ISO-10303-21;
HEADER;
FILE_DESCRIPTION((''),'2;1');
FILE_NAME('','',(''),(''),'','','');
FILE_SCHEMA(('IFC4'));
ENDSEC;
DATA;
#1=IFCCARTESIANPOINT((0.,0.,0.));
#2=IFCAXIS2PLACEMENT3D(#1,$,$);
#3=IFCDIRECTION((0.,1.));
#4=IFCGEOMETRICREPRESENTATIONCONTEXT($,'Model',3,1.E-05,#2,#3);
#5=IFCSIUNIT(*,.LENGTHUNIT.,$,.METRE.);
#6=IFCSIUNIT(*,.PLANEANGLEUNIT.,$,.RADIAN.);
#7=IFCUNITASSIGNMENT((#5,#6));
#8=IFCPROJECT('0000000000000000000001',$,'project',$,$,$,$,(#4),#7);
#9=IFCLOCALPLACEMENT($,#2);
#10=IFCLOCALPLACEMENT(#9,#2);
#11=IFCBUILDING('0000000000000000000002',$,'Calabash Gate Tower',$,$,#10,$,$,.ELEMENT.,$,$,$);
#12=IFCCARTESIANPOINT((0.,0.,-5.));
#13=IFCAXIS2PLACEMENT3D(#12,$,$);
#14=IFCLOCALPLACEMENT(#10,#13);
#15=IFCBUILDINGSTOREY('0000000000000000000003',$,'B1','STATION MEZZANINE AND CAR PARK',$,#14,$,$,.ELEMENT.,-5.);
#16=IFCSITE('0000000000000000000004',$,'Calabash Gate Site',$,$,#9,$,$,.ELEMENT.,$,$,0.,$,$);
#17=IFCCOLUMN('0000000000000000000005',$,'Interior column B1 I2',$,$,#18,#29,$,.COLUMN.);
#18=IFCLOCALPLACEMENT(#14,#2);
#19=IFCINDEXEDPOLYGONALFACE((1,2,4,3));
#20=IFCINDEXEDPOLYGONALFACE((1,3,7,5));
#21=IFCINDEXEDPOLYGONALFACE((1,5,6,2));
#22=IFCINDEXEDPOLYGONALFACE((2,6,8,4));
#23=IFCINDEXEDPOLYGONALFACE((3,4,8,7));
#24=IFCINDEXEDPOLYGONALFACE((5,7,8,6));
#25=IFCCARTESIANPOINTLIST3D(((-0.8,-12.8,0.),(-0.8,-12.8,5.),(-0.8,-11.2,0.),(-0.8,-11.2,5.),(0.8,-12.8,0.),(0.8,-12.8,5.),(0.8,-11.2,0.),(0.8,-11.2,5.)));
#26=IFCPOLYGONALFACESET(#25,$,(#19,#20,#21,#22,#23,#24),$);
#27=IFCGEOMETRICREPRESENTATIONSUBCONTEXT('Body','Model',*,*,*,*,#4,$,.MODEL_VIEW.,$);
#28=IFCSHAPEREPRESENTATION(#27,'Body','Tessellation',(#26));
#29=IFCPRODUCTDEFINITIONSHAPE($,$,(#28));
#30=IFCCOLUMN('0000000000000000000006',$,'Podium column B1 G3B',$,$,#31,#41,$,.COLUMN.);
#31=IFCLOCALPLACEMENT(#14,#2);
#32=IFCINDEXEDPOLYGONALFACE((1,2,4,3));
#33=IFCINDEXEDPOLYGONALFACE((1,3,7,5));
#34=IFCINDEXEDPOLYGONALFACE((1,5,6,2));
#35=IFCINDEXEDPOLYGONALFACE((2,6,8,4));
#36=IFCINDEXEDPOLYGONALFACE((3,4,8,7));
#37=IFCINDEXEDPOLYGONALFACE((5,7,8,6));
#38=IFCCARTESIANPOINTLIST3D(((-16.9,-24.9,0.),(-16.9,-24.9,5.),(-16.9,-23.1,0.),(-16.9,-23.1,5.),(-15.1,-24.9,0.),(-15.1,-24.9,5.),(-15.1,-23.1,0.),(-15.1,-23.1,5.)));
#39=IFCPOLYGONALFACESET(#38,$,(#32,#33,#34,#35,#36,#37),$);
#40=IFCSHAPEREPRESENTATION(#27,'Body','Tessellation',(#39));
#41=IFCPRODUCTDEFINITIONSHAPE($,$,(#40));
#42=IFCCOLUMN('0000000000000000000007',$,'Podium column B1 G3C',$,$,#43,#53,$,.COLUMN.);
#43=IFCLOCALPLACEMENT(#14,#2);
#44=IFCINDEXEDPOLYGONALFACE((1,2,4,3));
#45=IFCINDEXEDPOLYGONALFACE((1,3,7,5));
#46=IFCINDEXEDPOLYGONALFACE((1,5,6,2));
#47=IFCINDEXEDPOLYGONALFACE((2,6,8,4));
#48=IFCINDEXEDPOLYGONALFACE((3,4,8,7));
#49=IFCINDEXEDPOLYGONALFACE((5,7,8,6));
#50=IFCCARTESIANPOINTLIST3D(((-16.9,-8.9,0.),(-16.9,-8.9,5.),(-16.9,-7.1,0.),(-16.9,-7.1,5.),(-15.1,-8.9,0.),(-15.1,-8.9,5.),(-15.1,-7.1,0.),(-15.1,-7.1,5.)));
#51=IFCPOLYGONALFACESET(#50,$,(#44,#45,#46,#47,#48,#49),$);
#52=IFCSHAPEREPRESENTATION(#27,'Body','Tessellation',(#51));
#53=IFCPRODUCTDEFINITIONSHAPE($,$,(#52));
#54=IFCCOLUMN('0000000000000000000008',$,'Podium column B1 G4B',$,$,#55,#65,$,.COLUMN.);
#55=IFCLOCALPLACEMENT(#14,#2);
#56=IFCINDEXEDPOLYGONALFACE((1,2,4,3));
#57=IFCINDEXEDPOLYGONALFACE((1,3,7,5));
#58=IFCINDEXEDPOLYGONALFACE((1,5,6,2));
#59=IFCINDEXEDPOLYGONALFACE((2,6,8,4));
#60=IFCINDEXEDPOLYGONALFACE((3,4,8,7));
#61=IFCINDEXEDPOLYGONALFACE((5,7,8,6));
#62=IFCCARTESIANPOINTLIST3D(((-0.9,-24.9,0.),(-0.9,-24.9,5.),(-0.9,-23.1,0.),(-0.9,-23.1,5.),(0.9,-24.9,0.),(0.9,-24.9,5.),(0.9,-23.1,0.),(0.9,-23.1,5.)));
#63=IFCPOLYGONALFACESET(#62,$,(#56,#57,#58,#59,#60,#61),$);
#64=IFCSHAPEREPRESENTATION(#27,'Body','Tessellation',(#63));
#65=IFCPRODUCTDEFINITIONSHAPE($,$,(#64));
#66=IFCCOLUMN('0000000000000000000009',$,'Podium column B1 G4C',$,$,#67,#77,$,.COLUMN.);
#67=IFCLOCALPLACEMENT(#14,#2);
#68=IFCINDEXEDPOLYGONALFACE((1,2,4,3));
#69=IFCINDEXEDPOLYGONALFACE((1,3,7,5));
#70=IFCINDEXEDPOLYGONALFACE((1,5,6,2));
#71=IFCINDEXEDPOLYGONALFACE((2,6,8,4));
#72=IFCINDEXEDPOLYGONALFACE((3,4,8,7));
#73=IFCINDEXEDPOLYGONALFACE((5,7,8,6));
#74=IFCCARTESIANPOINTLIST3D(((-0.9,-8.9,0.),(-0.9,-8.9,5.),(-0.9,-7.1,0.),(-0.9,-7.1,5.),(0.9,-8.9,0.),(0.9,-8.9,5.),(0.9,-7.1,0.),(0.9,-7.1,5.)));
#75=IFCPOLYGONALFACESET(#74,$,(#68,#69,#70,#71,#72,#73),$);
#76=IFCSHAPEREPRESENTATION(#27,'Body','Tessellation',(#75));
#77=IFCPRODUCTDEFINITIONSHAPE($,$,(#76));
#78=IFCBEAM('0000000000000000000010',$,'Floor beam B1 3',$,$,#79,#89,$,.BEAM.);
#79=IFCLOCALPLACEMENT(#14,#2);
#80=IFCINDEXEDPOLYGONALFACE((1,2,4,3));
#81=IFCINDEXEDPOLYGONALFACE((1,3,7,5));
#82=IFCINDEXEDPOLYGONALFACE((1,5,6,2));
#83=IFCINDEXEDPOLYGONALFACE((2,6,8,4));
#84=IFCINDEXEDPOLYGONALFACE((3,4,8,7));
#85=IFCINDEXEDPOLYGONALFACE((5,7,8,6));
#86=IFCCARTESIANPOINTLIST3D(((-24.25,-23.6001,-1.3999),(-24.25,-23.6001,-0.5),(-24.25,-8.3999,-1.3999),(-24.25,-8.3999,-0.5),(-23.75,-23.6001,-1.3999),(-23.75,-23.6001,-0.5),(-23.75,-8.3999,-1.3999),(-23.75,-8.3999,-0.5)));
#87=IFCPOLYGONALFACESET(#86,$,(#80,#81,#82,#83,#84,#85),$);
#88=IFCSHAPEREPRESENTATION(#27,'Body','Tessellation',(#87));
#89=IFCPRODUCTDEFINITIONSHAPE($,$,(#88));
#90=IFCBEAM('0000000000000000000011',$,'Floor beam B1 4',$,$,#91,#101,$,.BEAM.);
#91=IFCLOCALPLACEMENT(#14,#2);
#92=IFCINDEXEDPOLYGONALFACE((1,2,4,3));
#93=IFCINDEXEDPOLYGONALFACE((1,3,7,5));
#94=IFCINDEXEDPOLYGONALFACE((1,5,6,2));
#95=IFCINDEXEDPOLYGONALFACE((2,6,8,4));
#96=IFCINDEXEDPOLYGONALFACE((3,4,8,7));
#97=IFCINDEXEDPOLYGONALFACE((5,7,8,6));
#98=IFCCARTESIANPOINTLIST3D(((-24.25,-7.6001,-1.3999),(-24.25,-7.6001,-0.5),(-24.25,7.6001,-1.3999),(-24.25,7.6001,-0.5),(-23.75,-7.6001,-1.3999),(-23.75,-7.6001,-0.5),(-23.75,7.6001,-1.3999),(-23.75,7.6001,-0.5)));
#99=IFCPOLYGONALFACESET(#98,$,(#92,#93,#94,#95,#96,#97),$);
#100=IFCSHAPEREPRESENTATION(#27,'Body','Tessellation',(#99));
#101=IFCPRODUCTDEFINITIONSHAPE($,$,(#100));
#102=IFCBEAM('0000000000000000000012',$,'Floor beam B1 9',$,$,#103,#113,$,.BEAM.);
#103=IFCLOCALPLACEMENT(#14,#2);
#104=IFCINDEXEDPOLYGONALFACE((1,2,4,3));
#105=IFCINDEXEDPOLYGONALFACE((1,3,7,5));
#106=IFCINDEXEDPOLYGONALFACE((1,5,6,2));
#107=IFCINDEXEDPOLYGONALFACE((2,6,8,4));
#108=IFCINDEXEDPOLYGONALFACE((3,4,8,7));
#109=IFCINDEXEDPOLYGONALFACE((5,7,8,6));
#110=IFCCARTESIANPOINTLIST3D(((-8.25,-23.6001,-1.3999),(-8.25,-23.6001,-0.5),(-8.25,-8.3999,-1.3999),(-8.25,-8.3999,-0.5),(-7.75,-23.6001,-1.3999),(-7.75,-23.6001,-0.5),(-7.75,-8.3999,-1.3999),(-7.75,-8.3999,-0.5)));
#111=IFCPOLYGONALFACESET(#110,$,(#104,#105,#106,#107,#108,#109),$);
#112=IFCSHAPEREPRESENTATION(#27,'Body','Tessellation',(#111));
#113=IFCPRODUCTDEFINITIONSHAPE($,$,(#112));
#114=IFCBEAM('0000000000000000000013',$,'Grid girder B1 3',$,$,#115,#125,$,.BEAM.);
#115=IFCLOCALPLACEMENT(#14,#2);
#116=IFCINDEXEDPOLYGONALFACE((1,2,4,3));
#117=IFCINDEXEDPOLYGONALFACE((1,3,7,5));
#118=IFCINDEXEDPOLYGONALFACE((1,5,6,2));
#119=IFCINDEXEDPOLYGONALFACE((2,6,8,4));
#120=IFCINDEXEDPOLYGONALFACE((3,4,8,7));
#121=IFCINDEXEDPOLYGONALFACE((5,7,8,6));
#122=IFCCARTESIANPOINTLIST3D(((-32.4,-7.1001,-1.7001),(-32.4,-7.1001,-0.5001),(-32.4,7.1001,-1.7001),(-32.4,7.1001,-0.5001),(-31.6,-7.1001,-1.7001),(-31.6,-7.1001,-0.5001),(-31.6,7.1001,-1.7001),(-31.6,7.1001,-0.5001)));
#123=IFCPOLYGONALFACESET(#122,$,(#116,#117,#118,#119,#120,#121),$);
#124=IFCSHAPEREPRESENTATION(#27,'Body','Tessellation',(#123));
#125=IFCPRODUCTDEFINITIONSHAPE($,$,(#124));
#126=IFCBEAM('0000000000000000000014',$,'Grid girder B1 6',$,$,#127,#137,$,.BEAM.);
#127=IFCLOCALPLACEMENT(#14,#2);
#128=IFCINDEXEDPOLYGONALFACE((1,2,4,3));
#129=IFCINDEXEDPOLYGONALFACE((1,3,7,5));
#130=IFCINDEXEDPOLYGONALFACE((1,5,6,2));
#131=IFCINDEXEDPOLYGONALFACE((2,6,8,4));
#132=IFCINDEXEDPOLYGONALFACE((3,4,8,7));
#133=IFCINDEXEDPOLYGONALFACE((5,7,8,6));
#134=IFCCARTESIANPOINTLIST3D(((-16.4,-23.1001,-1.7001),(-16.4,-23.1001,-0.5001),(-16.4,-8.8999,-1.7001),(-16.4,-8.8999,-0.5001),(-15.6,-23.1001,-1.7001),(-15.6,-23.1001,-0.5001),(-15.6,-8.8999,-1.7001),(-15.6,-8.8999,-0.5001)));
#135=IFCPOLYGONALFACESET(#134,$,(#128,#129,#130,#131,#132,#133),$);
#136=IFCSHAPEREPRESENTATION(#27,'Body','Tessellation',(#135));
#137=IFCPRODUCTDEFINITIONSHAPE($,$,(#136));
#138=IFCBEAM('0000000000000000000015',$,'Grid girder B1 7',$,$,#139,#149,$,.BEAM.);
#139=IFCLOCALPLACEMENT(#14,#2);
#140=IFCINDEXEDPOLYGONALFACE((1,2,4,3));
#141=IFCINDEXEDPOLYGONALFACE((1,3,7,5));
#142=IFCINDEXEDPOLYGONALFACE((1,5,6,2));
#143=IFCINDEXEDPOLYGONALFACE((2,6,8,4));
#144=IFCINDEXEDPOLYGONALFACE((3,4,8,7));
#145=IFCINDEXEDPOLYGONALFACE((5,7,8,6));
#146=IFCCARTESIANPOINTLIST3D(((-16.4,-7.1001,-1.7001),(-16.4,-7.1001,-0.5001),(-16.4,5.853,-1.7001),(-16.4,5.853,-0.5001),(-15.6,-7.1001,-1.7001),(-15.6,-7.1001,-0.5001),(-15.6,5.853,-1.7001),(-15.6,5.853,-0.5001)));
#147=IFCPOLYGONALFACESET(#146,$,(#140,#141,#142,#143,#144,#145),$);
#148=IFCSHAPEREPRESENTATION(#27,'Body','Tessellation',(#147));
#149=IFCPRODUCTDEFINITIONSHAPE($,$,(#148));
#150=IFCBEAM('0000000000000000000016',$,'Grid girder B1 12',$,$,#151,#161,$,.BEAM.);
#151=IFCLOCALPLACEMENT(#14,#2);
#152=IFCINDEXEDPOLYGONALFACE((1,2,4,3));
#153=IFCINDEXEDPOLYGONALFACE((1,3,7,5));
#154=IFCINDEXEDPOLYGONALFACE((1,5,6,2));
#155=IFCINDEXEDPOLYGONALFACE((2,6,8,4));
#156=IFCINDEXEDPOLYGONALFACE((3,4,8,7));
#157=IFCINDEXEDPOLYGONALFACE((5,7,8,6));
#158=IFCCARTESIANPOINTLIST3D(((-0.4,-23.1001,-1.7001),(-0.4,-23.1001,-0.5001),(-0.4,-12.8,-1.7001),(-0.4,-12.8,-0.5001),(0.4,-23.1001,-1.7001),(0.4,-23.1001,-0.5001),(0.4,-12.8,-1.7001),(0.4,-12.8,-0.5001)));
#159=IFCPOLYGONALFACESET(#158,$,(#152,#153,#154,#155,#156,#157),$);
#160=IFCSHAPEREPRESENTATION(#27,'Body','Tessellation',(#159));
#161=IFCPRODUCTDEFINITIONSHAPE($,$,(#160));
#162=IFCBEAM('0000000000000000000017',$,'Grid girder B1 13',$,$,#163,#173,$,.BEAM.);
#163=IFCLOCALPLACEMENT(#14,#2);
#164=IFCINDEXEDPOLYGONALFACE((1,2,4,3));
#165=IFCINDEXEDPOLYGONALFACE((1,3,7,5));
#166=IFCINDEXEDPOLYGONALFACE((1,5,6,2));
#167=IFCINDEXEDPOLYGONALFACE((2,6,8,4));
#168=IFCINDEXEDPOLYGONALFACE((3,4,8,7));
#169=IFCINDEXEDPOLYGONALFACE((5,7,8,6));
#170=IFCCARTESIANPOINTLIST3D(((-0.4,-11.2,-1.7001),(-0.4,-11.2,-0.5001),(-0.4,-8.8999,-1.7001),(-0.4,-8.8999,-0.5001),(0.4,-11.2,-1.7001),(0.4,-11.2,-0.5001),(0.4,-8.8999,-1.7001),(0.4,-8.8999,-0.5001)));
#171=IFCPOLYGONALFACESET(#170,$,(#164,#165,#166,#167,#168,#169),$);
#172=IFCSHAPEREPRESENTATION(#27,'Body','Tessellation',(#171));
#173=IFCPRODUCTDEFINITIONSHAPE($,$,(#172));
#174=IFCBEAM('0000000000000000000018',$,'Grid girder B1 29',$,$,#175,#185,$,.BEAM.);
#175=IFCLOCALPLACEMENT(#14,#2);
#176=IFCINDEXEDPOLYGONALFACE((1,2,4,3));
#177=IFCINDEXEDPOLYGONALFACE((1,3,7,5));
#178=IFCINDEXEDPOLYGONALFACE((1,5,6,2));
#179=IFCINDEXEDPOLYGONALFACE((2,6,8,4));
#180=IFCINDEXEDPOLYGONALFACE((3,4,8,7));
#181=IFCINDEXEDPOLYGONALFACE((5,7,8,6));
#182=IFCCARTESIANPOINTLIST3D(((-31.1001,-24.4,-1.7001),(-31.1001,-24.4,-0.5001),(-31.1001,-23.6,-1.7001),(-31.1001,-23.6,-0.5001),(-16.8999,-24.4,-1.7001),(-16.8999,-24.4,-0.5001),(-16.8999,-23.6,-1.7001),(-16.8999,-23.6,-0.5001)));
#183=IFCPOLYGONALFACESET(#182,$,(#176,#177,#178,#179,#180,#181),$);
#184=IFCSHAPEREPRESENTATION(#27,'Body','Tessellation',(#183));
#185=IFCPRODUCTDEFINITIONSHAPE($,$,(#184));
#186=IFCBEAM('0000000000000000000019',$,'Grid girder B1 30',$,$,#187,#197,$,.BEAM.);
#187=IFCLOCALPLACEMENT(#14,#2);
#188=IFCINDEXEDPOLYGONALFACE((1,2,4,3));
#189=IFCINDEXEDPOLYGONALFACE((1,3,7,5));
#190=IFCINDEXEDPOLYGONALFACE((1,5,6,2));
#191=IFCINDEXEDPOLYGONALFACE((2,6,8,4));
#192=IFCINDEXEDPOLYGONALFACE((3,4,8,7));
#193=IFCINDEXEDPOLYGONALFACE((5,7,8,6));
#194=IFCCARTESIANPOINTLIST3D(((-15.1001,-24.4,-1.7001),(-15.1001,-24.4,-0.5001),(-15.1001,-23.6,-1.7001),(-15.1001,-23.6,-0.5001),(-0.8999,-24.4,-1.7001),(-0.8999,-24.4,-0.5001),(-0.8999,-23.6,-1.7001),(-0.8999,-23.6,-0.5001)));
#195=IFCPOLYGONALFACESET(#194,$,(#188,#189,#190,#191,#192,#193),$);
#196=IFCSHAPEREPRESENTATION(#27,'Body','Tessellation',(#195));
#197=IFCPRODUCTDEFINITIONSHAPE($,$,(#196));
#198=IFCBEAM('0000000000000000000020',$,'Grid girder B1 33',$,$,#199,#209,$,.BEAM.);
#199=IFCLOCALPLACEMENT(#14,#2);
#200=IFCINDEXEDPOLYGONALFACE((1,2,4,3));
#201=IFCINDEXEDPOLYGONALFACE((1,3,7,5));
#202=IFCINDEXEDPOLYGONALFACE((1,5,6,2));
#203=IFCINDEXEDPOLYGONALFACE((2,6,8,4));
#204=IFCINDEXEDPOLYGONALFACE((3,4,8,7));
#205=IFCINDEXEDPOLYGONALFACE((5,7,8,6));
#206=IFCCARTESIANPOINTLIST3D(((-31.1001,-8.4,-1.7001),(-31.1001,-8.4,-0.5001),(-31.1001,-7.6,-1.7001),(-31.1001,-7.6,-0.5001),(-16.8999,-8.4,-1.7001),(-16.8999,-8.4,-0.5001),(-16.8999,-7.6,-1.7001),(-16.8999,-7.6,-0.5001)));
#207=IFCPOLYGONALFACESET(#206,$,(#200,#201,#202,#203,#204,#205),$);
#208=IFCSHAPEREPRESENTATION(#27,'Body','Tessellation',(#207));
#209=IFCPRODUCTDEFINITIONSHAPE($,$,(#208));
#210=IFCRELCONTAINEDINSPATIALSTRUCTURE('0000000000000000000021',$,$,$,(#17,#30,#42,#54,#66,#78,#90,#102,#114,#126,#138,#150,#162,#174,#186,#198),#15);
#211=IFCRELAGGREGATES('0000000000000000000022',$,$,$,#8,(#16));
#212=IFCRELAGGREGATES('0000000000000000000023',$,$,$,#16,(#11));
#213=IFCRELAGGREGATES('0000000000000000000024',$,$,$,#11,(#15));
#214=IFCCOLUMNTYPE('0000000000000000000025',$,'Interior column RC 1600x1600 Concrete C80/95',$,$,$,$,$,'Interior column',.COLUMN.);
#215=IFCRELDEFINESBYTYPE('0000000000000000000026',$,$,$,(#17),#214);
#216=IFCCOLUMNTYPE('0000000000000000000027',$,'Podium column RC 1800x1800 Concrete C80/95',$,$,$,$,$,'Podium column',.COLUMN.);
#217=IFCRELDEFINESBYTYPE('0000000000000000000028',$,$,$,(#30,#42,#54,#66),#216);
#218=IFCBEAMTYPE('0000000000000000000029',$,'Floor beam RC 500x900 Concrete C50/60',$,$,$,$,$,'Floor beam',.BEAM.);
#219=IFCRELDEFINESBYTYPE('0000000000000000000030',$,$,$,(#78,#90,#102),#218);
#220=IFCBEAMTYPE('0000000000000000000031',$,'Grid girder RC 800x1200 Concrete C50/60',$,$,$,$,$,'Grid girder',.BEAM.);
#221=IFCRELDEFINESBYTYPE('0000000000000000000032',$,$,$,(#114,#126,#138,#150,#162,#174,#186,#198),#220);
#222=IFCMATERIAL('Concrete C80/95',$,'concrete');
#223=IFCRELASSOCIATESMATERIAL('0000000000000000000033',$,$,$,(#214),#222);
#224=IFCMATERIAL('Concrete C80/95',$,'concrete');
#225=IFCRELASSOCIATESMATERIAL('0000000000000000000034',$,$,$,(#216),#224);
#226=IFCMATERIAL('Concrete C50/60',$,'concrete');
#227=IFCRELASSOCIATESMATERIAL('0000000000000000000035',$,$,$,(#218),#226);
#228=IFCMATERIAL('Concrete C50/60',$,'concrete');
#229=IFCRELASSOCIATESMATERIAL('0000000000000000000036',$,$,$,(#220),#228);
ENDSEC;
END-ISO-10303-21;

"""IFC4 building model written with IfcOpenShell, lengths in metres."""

from ifc_helpers import new_model, si_unit, direction, frame, origin, origin_2d, place, context, subcontext, project, spatial, rectangle, extrude, material, material_profile, profile_set, type_object, element, save


model = new_model("IFC4")

# Units and contexts
model_context = context("Model", 3, precision=1e-05, world=origin(), true_north=direction((0.0, 1.0)))
body_context = subcontext(model_context, "Body", "Model", "MODEL_VIEW")
ifc_project = project(units=[si_unit("LENGTHUNIT", "METRE"), si_unit("PLANEANGLEUNIT", "RADIAN")], contexts=[model_context])

# Site, building, storey
site_placement = place(None, origin())
site = spatial("IfcSite", under=ifc_project, at=site_placement, Name="Calabash Gate Site", CompositionType="ELEMENT", RefElevation=0.0)
building_placement = place(site_placement, origin())
building = spatial("IfcBuilding", under=site, at=building_placement, Name="Calabash Gate Tower", CompositionType="ELEMENT")
storey_placement = place(building_placement, frame((0.0, 0.0, -5.0)))
storey = spatial("IfcBuildingStorey", under=building, at=storey_placement, Name="B1", Description="STATION MEZZANINE AND CAR PARK", CompositionType="ELEMENT", Elevation=-5.0)

# Columns
ifc_material_1 = material(Name="Concrete C80/95", Category="concrete")
ifc_material_profile_1 = material_profile(ifc_material_1, rectangle(XDim=1.6001, YDim=1.6001, at=origin_2d()))
ifc_profile_set_1 = profile_set([ifc_material_profile_1], Name="Concrete C80/95")
column_type_1 = type_object("IfcColumnType", Name="Interior column RC 1600x1600 Concrete C80/95", ElementType="Interior column", PredefinedType="COLUMN", material=ifc_profile_set_1)
column_placement = place(storey_placement, frame((0.0, -12.0, 0.0), z_axis=(0.0, 0.0, 1.0), x_axis=(1.0, 0.0, 0.0)))
element("IfcColumn", 1, at=column_placement, inside=storey, type_object=column_type_1, Name="Interior column B1 I2", PredefinedType="COLUMN", context=body_context, shape_type="SweptSolid", body=[
    extrude(rectangle(XDim=1.6001, YDim=1.6001, at=origin_2d()), origin(), (0.0, 0.0, 1.0), 5.0),
])
ifc_material_2 = material(Name="Concrete C80/95", Category="concrete")
ifc_material_profile_2 = material_profile(ifc_material_2, rectangle(XDim=1.8, YDim=1.8, at=origin_2d()))
ifc_profile_set_2 = profile_set([ifc_material_profile_2], Name="Concrete C80/95")
column_type_2 = type_object("IfcColumnType", Name="Podium column RC 1800x1800 Concrete C80/95", ElementType="Podium column", PredefinedType="COLUMN", material=ifc_profile_set_2)
for number, where, z_axis, x_axis, name in (
    (2, (-16.0, -24.0, 0.0), (0.0, 0.0, 1.0), (1.0, 0.0, 0.0), "Podium column B1 G3B"),
    (3, (-16.0, -8.0, 0.0), (0.0, 0.0, 1.0), (1.0, 0.0, 0.0), "Podium column B1 G3C"),
    (4, (0.0, -24.0, 0.0), (0.0, 0.0, 1.0), (1.0, 0.0, 0.0), "Podium column B1 G4B"),
    (5, (0.0, -8.0, 0.0), (0.0, 0.0, 1.0), (1.0, 0.0, 0.0), "Podium column B1 G4C"),
):
    element("IfcColumn", number, at=place(storey_placement, frame(where, z_axis=z_axis, x_axis=x_axis)), inside=storey, type_object=column_type_2, Name=name, PredefinedType="COLUMN", context=body_context, shape_type="SweptSolid", body=[
        extrude(rectangle(XDim=1.8, YDim=1.8, at=origin_2d()), origin(), (0.0, 0.0, 1.0), 5.0),
    ])

# Beams
ifc_material_3 = material(Name="Concrete C50/60", Category="concrete")
ifc_material_profile_3 = material_profile(ifc_material_3, rectangle(XDim=0.5, YDim=0.8999, at=origin_2d()))
ifc_profile_set_3 = profile_set([ifc_material_profile_3], Name="Concrete C50/60")
beam_type_1 = type_object("IfcBeamType", Name="Floor beam RC 500x900 Concrete C50/60", ElementType="Floor beam", PredefinedType="BEAM", material=ifc_profile_set_3)
for number, where, z_axis, x_axis, name in (
    (6, (-24.0, -23.6001, -0.95), (0.0, 1.0, 0.0), (-1.0, 0.0, 0.0), "Floor beam B1 3"),
    (7, (-24.0, -7.6001, -0.95), (0.0, 1.0, 0.0), (-1.0, 0.0, 0.0), "Floor beam B1 4"),
    (8, (-8.0, -23.6001, -0.95), (0.0, 1.0, 0.0), (-1.0, 0.0, 0.0), "Floor beam B1 9"),
):
    element("IfcBeam", number, at=place(storey_placement, frame(where, z_axis=z_axis, x_axis=x_axis)), inside=storey, type_object=beam_type_1, Name=name, PredefinedType="BEAM", context=body_context, shape_type="SweptSolid", body=[
        extrude(rectangle(XDim=0.5, YDim=0.8999, at=origin_2d()), origin(), (0.0, 0.0, 1.0), 15.2002),
    ])
ifc_material_4 = material(Name="Concrete C50/60", Category="concrete")
ifc_material_profile_4 = material_profile(ifc_material_4, rectangle(XDim=0.8, YDim=1.2, at=origin_2d()))
ifc_profile_set_4 = profile_set([ifc_material_profile_4], Name="Concrete C50/60")
beam_type_2 = type_object("IfcBeamType", Name="Grid girder RC 800x1200 Concrete C50/60", ElementType="Grid girder", PredefinedType="BEAM", material=ifc_profile_set_4)
for number, where, z_axis, x_axis, name in (
    (9, (-32.0, -7.1001, -1.1001), (0.0, 1.0, 0.0), (-1.0, 0.0, 0.0), "Grid girder B1 3"),
    (10, (-16.0, -23.1001, -1.1001), (0.0, 1.0, 0.0), (-1.0, 0.0, 0.0), "Grid girder B1 6"),
):
    element("IfcBeam", number, at=place(storey_placement, frame(where, z_axis=z_axis, x_axis=x_axis)), inside=storey, type_object=beam_type_2, Name=name, PredefinedType="BEAM", context=body_context, shape_type="SweptSolid", body=[
        extrude(rectangle(XDim=0.8, YDim=1.2, at=origin_2d()), origin(), (0.0, 0.0, 1.0), 14.2002),
    ])
beam_1_placement = place(storey_placement, frame((-16.0, -7.1001, -1.1001), z_axis=(0.0, 1.0, 0.0), x_axis=(-1.0, 0.0, 0.0)))
element("IfcBeam", 11, at=beam_1_placement, inside=storey, type_object=beam_type_2, Name="Grid girder B1 7", PredefinedType="BEAM", context=body_context, shape_type="SweptSolid", body=[
    extrude(rectangle(XDim=0.8, YDim=1.2, at=origin_2d()), origin(), (0.0, 0.0, 1.0), 12.9531),
])
beam_2_placement = place(storey_placement, frame((0.0, -23.1001, -1.1001), z_axis=(0.0, 1.0, 0.0), x_axis=(-1.0, 0.0, 0.0)))
element("IfcBeam", 12, at=beam_2_placement, inside=storey, type_object=beam_type_2, Name="Grid girder B1 12", PredefinedType="BEAM", context=body_context, shape_type="SweptSolid", body=[
    extrude(rectangle(XDim=0.8, YDim=1.2, at=origin_2d()), origin(), (0.0, 0.0, 1.0), 10.3),
])
beam_3_placement = place(storey_placement, frame((0.0, -11.2, -1.1001), z_axis=(0.0, 1.0, 0.0), x_axis=(-1.0, 0.0, 0.0)))
element("IfcBeam", 13, at=beam_3_placement, inside=storey, type_object=beam_type_2, Name="Grid girder B1 13", PredefinedType="BEAM", context=body_context, shape_type="SweptSolid", body=[
    extrude(rectangle(XDim=0.8, YDim=1.2, at=origin_2d()), origin(), (0.0, 0.0, 1.0), 2.3),
])
for number, where, z_axis, x_axis, name in (
    (14, (-31.1001, -24.0, -1.1001), (1.0, 0.0, 0.0), (0.0, 1.0, 0.0), "Grid girder B1 29"),
    (15, (-15.1001, -24.0, -1.1001), (1.0, 0.0, 0.0), (0.0, 1.0, 0.0), "Grid girder B1 30"),
    (16, (-31.1001, -8.0, -1.1001), (1.0, 0.0, 0.0), (0.0, 1.0, 0.0), "Grid girder B1 33"),
):
    element("IfcBeam", number, at=place(storey_placement, frame(where, z_axis=z_axis, x_axis=x_axis)), inside=storey, type_object=beam_type_2, Name=name, PredefinedType="BEAM", context=body_context, shape_type="SweptSolid", body=[
        extrude(rectangle(XDim=0.8, YDim=1.2, at=origin_2d()), origin(), (0.0, 0.0, 1.0), 14.2002),
    ])

save(model, "model.ifc")
